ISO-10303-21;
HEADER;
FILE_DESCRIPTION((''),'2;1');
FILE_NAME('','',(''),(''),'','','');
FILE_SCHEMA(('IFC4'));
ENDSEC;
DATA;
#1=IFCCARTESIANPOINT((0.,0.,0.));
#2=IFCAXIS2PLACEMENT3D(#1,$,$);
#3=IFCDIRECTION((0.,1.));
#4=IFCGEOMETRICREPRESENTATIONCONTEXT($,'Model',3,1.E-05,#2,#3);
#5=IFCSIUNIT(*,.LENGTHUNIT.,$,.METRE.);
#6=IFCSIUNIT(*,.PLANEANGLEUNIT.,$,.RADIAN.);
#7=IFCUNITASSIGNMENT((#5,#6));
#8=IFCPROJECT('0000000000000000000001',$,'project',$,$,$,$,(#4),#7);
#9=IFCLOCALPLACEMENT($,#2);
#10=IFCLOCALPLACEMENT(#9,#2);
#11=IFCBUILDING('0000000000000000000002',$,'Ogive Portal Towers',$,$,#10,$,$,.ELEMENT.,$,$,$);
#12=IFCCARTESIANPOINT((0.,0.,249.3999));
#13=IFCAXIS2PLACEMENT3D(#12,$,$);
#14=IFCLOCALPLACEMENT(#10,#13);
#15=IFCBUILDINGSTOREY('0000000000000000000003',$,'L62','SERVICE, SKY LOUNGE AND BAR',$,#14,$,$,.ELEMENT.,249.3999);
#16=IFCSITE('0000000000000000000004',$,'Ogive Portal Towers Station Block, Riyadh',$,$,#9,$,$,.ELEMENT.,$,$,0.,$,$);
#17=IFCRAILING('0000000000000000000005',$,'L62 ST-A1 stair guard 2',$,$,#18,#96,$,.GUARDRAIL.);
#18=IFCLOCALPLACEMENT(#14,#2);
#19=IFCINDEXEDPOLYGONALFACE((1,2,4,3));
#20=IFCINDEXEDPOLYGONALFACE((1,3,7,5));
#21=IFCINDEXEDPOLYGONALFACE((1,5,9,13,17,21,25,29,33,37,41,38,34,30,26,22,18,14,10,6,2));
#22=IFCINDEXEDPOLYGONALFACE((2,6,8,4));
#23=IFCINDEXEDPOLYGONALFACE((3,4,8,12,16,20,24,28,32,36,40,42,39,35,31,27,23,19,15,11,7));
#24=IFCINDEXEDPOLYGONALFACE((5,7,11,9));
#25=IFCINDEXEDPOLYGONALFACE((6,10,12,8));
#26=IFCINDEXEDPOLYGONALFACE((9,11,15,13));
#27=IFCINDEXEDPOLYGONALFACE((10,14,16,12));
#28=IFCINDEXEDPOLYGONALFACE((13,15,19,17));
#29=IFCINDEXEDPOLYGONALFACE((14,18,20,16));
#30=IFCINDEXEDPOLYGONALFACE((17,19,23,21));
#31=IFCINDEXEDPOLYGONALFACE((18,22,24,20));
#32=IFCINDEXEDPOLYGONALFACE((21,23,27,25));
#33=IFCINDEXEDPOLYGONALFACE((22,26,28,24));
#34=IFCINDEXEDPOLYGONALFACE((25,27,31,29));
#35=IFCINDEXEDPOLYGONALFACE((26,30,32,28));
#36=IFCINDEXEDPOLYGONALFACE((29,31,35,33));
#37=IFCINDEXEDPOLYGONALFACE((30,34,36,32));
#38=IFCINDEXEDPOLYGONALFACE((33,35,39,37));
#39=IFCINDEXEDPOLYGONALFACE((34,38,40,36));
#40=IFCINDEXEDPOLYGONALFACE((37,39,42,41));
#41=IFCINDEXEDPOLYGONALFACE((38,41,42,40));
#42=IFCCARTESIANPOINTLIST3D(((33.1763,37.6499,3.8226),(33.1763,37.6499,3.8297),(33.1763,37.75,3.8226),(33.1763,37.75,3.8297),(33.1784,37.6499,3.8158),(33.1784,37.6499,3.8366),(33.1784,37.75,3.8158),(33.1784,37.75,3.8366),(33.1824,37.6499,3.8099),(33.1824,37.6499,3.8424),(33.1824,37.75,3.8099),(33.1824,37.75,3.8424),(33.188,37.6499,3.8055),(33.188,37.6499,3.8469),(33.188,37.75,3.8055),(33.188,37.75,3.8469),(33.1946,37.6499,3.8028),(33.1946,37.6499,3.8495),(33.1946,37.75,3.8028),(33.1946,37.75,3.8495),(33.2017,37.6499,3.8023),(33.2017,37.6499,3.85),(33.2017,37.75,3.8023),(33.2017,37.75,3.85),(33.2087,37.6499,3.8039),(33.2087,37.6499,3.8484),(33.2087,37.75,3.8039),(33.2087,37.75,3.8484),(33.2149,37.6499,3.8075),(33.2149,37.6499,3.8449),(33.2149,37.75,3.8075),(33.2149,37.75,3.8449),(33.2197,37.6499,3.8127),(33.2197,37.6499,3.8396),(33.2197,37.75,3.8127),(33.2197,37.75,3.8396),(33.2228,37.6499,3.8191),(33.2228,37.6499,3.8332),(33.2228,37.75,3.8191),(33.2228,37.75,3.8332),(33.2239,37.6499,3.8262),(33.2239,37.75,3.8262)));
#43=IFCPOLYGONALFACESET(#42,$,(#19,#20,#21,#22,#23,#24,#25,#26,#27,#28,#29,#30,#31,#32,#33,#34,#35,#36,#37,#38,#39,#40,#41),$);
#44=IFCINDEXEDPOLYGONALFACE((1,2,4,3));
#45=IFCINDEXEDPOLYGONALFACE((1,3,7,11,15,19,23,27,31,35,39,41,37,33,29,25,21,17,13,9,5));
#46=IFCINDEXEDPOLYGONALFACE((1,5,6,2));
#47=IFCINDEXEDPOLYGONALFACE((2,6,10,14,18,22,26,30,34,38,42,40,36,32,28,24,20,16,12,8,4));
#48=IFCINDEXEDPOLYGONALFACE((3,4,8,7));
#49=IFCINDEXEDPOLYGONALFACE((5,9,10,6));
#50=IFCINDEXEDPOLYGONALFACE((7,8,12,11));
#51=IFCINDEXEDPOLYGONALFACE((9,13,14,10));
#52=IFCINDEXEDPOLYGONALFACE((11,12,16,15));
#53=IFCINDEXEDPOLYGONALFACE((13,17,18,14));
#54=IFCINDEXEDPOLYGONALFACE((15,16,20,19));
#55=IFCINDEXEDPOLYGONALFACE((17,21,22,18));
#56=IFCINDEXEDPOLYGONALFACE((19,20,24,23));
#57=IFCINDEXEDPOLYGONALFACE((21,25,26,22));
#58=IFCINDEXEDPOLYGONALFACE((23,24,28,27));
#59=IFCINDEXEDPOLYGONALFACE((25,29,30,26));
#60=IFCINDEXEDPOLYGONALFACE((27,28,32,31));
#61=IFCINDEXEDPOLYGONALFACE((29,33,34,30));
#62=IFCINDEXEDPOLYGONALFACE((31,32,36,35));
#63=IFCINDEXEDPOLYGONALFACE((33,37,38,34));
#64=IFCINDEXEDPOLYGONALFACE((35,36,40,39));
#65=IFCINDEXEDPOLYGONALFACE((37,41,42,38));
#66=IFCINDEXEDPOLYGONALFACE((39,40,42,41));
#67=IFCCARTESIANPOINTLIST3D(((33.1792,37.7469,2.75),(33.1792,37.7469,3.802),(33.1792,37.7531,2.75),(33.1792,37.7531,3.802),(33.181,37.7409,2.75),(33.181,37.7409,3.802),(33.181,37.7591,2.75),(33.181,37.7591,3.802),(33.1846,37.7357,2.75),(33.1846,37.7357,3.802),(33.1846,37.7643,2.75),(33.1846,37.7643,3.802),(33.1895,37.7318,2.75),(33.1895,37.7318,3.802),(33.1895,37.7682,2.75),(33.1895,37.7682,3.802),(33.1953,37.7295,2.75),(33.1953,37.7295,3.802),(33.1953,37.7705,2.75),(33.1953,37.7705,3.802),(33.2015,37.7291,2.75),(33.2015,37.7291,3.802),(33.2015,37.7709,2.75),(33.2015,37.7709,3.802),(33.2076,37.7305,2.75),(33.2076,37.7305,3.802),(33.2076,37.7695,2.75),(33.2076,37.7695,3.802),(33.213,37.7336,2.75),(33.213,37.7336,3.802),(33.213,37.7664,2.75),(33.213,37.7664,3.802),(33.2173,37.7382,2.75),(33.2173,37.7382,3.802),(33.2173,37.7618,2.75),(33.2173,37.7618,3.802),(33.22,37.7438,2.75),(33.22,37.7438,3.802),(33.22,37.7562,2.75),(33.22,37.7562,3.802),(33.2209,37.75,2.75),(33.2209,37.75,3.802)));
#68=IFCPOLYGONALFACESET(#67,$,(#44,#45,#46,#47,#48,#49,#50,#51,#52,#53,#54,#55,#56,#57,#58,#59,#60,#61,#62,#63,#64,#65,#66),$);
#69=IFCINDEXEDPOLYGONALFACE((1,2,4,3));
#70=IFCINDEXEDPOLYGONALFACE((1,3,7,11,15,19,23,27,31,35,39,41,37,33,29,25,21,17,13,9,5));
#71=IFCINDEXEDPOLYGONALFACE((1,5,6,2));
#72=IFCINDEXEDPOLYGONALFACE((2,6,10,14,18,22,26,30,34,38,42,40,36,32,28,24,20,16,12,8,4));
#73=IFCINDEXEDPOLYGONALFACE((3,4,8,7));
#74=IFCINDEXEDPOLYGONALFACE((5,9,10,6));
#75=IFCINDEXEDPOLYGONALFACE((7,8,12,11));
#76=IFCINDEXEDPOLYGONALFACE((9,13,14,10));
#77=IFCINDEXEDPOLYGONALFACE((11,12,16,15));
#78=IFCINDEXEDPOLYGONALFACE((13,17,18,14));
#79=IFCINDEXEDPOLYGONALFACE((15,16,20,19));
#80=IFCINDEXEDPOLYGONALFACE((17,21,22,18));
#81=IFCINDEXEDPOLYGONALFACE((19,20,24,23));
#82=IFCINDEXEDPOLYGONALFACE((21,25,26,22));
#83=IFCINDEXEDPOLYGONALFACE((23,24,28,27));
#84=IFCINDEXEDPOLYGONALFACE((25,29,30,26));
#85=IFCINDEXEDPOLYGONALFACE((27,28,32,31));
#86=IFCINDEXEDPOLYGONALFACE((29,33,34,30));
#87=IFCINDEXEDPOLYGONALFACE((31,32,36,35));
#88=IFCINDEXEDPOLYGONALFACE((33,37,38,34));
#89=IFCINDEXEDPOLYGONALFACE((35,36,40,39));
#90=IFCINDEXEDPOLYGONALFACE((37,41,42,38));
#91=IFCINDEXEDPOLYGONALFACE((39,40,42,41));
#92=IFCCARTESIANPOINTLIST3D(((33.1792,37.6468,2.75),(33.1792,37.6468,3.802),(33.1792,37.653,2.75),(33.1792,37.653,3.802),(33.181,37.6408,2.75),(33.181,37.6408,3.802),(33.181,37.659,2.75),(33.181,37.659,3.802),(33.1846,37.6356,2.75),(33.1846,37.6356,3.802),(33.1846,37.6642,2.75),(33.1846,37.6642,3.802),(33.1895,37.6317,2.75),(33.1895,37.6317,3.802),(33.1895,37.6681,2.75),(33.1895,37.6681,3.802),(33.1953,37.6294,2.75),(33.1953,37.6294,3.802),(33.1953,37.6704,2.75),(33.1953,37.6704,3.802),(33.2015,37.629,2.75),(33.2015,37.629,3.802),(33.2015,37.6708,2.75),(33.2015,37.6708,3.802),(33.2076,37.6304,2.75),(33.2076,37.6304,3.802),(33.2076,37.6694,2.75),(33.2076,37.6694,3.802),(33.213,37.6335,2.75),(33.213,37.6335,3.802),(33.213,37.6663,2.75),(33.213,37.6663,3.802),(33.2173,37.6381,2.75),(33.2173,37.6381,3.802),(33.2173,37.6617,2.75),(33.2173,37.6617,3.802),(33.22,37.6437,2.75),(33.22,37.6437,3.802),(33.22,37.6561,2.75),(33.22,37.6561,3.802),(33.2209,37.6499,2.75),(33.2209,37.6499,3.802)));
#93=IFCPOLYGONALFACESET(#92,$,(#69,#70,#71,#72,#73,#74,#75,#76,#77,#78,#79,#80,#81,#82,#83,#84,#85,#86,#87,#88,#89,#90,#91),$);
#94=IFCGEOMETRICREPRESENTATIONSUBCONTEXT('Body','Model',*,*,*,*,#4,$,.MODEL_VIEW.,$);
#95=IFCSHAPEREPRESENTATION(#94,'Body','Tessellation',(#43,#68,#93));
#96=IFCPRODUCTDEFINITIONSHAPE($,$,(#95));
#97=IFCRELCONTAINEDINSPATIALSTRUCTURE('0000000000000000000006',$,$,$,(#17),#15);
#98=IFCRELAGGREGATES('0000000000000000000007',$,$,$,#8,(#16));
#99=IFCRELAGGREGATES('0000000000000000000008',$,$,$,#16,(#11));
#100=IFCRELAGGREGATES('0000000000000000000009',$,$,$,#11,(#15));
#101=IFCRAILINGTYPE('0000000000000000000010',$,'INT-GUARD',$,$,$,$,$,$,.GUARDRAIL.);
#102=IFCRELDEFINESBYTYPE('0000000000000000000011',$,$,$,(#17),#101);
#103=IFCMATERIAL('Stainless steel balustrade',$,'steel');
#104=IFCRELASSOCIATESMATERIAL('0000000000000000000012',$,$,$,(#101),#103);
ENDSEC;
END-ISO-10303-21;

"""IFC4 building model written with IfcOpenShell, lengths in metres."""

from ifc_helpers import new_model, si_unit, direction, frame, origin, origin_2d, place, context, subcontext, project, spatial, circle, extrude, material, type_object, element, save


model = new_model("IFC4")

# Units and contexts
model_context = context("Model", 3, precision=1e-05, world=origin(), true_north=direction((0.0, 1.0)))
body_context = subcontext(model_context, "Body", "Model", "MODEL_VIEW")
ifc_project = project(units=[si_unit("LENGTHUNIT", "METRE"), si_unit("PLANEANGLEUNIT", "RADIAN")], contexts=[model_context])

# Site, building, storey
site_placement = place(None, origin())
site = spatial("IfcSite", under=ifc_project, at=site_placement, Name="Ogive Portal Towers Station Block, Riyadh", CompositionType="ELEMENT", RefElevation=0.0)
building_placement = place(site_placement, origin())
building = spatial("IfcBuilding", under=site, at=building_placement, Name="Ogive Portal Towers", CompositionType="ELEMENT")
storey_placement = place(building_placement, frame((0.0, 0.0, 249.3999)))
storey = spatial("IfcBuildingStorey", under=building, at=storey_placement, Name="L62", Description="SERVICE, SKY LOUNGE AND BAR", CompositionType="ELEMENT", Elevation=249.3999)

# Railing
ifc_material_1 = material(Name="Stainless steel balustrade", Category="steel")
railing_type_1 = type_object("IfcRailingType", Name="INT-GUARD", PredefinedType="GUARDRAIL", material=ifc_material_1)
railing_1_placement = place(storey_placement, frame((33.2, 37.75, 2.75)))
element("IfcRailing", 1, at=railing_1_placement, inside=storey, type_object=railing_type_1, Name="L62 ST-A1 stair guard 2", PredefinedType="GUARDRAIL", context=body_context, shape_type="SweptSolid", body=[
    extrude(circle(Radius=0.0239, at=origin_2d()), frame((0.0, 0.0, 1.0762), z_axis=(0.0, -1.0, 0.0), x_axis=(1.0, 0.0, 0.0)), (0.0, 0.0, 1.0), 0.1001),
    extrude(circle(Radius=0.021, at=origin_2d()), origin(), (0.0, 0.0, 1.0), 1.052),
    extrude(circle(Radius=0.021, at=origin_2d()), frame((0.0, -0.1001, 0.0)), (0.0, 0.0, 1.0), 1.052),
])

save(model, "model.ifc")
